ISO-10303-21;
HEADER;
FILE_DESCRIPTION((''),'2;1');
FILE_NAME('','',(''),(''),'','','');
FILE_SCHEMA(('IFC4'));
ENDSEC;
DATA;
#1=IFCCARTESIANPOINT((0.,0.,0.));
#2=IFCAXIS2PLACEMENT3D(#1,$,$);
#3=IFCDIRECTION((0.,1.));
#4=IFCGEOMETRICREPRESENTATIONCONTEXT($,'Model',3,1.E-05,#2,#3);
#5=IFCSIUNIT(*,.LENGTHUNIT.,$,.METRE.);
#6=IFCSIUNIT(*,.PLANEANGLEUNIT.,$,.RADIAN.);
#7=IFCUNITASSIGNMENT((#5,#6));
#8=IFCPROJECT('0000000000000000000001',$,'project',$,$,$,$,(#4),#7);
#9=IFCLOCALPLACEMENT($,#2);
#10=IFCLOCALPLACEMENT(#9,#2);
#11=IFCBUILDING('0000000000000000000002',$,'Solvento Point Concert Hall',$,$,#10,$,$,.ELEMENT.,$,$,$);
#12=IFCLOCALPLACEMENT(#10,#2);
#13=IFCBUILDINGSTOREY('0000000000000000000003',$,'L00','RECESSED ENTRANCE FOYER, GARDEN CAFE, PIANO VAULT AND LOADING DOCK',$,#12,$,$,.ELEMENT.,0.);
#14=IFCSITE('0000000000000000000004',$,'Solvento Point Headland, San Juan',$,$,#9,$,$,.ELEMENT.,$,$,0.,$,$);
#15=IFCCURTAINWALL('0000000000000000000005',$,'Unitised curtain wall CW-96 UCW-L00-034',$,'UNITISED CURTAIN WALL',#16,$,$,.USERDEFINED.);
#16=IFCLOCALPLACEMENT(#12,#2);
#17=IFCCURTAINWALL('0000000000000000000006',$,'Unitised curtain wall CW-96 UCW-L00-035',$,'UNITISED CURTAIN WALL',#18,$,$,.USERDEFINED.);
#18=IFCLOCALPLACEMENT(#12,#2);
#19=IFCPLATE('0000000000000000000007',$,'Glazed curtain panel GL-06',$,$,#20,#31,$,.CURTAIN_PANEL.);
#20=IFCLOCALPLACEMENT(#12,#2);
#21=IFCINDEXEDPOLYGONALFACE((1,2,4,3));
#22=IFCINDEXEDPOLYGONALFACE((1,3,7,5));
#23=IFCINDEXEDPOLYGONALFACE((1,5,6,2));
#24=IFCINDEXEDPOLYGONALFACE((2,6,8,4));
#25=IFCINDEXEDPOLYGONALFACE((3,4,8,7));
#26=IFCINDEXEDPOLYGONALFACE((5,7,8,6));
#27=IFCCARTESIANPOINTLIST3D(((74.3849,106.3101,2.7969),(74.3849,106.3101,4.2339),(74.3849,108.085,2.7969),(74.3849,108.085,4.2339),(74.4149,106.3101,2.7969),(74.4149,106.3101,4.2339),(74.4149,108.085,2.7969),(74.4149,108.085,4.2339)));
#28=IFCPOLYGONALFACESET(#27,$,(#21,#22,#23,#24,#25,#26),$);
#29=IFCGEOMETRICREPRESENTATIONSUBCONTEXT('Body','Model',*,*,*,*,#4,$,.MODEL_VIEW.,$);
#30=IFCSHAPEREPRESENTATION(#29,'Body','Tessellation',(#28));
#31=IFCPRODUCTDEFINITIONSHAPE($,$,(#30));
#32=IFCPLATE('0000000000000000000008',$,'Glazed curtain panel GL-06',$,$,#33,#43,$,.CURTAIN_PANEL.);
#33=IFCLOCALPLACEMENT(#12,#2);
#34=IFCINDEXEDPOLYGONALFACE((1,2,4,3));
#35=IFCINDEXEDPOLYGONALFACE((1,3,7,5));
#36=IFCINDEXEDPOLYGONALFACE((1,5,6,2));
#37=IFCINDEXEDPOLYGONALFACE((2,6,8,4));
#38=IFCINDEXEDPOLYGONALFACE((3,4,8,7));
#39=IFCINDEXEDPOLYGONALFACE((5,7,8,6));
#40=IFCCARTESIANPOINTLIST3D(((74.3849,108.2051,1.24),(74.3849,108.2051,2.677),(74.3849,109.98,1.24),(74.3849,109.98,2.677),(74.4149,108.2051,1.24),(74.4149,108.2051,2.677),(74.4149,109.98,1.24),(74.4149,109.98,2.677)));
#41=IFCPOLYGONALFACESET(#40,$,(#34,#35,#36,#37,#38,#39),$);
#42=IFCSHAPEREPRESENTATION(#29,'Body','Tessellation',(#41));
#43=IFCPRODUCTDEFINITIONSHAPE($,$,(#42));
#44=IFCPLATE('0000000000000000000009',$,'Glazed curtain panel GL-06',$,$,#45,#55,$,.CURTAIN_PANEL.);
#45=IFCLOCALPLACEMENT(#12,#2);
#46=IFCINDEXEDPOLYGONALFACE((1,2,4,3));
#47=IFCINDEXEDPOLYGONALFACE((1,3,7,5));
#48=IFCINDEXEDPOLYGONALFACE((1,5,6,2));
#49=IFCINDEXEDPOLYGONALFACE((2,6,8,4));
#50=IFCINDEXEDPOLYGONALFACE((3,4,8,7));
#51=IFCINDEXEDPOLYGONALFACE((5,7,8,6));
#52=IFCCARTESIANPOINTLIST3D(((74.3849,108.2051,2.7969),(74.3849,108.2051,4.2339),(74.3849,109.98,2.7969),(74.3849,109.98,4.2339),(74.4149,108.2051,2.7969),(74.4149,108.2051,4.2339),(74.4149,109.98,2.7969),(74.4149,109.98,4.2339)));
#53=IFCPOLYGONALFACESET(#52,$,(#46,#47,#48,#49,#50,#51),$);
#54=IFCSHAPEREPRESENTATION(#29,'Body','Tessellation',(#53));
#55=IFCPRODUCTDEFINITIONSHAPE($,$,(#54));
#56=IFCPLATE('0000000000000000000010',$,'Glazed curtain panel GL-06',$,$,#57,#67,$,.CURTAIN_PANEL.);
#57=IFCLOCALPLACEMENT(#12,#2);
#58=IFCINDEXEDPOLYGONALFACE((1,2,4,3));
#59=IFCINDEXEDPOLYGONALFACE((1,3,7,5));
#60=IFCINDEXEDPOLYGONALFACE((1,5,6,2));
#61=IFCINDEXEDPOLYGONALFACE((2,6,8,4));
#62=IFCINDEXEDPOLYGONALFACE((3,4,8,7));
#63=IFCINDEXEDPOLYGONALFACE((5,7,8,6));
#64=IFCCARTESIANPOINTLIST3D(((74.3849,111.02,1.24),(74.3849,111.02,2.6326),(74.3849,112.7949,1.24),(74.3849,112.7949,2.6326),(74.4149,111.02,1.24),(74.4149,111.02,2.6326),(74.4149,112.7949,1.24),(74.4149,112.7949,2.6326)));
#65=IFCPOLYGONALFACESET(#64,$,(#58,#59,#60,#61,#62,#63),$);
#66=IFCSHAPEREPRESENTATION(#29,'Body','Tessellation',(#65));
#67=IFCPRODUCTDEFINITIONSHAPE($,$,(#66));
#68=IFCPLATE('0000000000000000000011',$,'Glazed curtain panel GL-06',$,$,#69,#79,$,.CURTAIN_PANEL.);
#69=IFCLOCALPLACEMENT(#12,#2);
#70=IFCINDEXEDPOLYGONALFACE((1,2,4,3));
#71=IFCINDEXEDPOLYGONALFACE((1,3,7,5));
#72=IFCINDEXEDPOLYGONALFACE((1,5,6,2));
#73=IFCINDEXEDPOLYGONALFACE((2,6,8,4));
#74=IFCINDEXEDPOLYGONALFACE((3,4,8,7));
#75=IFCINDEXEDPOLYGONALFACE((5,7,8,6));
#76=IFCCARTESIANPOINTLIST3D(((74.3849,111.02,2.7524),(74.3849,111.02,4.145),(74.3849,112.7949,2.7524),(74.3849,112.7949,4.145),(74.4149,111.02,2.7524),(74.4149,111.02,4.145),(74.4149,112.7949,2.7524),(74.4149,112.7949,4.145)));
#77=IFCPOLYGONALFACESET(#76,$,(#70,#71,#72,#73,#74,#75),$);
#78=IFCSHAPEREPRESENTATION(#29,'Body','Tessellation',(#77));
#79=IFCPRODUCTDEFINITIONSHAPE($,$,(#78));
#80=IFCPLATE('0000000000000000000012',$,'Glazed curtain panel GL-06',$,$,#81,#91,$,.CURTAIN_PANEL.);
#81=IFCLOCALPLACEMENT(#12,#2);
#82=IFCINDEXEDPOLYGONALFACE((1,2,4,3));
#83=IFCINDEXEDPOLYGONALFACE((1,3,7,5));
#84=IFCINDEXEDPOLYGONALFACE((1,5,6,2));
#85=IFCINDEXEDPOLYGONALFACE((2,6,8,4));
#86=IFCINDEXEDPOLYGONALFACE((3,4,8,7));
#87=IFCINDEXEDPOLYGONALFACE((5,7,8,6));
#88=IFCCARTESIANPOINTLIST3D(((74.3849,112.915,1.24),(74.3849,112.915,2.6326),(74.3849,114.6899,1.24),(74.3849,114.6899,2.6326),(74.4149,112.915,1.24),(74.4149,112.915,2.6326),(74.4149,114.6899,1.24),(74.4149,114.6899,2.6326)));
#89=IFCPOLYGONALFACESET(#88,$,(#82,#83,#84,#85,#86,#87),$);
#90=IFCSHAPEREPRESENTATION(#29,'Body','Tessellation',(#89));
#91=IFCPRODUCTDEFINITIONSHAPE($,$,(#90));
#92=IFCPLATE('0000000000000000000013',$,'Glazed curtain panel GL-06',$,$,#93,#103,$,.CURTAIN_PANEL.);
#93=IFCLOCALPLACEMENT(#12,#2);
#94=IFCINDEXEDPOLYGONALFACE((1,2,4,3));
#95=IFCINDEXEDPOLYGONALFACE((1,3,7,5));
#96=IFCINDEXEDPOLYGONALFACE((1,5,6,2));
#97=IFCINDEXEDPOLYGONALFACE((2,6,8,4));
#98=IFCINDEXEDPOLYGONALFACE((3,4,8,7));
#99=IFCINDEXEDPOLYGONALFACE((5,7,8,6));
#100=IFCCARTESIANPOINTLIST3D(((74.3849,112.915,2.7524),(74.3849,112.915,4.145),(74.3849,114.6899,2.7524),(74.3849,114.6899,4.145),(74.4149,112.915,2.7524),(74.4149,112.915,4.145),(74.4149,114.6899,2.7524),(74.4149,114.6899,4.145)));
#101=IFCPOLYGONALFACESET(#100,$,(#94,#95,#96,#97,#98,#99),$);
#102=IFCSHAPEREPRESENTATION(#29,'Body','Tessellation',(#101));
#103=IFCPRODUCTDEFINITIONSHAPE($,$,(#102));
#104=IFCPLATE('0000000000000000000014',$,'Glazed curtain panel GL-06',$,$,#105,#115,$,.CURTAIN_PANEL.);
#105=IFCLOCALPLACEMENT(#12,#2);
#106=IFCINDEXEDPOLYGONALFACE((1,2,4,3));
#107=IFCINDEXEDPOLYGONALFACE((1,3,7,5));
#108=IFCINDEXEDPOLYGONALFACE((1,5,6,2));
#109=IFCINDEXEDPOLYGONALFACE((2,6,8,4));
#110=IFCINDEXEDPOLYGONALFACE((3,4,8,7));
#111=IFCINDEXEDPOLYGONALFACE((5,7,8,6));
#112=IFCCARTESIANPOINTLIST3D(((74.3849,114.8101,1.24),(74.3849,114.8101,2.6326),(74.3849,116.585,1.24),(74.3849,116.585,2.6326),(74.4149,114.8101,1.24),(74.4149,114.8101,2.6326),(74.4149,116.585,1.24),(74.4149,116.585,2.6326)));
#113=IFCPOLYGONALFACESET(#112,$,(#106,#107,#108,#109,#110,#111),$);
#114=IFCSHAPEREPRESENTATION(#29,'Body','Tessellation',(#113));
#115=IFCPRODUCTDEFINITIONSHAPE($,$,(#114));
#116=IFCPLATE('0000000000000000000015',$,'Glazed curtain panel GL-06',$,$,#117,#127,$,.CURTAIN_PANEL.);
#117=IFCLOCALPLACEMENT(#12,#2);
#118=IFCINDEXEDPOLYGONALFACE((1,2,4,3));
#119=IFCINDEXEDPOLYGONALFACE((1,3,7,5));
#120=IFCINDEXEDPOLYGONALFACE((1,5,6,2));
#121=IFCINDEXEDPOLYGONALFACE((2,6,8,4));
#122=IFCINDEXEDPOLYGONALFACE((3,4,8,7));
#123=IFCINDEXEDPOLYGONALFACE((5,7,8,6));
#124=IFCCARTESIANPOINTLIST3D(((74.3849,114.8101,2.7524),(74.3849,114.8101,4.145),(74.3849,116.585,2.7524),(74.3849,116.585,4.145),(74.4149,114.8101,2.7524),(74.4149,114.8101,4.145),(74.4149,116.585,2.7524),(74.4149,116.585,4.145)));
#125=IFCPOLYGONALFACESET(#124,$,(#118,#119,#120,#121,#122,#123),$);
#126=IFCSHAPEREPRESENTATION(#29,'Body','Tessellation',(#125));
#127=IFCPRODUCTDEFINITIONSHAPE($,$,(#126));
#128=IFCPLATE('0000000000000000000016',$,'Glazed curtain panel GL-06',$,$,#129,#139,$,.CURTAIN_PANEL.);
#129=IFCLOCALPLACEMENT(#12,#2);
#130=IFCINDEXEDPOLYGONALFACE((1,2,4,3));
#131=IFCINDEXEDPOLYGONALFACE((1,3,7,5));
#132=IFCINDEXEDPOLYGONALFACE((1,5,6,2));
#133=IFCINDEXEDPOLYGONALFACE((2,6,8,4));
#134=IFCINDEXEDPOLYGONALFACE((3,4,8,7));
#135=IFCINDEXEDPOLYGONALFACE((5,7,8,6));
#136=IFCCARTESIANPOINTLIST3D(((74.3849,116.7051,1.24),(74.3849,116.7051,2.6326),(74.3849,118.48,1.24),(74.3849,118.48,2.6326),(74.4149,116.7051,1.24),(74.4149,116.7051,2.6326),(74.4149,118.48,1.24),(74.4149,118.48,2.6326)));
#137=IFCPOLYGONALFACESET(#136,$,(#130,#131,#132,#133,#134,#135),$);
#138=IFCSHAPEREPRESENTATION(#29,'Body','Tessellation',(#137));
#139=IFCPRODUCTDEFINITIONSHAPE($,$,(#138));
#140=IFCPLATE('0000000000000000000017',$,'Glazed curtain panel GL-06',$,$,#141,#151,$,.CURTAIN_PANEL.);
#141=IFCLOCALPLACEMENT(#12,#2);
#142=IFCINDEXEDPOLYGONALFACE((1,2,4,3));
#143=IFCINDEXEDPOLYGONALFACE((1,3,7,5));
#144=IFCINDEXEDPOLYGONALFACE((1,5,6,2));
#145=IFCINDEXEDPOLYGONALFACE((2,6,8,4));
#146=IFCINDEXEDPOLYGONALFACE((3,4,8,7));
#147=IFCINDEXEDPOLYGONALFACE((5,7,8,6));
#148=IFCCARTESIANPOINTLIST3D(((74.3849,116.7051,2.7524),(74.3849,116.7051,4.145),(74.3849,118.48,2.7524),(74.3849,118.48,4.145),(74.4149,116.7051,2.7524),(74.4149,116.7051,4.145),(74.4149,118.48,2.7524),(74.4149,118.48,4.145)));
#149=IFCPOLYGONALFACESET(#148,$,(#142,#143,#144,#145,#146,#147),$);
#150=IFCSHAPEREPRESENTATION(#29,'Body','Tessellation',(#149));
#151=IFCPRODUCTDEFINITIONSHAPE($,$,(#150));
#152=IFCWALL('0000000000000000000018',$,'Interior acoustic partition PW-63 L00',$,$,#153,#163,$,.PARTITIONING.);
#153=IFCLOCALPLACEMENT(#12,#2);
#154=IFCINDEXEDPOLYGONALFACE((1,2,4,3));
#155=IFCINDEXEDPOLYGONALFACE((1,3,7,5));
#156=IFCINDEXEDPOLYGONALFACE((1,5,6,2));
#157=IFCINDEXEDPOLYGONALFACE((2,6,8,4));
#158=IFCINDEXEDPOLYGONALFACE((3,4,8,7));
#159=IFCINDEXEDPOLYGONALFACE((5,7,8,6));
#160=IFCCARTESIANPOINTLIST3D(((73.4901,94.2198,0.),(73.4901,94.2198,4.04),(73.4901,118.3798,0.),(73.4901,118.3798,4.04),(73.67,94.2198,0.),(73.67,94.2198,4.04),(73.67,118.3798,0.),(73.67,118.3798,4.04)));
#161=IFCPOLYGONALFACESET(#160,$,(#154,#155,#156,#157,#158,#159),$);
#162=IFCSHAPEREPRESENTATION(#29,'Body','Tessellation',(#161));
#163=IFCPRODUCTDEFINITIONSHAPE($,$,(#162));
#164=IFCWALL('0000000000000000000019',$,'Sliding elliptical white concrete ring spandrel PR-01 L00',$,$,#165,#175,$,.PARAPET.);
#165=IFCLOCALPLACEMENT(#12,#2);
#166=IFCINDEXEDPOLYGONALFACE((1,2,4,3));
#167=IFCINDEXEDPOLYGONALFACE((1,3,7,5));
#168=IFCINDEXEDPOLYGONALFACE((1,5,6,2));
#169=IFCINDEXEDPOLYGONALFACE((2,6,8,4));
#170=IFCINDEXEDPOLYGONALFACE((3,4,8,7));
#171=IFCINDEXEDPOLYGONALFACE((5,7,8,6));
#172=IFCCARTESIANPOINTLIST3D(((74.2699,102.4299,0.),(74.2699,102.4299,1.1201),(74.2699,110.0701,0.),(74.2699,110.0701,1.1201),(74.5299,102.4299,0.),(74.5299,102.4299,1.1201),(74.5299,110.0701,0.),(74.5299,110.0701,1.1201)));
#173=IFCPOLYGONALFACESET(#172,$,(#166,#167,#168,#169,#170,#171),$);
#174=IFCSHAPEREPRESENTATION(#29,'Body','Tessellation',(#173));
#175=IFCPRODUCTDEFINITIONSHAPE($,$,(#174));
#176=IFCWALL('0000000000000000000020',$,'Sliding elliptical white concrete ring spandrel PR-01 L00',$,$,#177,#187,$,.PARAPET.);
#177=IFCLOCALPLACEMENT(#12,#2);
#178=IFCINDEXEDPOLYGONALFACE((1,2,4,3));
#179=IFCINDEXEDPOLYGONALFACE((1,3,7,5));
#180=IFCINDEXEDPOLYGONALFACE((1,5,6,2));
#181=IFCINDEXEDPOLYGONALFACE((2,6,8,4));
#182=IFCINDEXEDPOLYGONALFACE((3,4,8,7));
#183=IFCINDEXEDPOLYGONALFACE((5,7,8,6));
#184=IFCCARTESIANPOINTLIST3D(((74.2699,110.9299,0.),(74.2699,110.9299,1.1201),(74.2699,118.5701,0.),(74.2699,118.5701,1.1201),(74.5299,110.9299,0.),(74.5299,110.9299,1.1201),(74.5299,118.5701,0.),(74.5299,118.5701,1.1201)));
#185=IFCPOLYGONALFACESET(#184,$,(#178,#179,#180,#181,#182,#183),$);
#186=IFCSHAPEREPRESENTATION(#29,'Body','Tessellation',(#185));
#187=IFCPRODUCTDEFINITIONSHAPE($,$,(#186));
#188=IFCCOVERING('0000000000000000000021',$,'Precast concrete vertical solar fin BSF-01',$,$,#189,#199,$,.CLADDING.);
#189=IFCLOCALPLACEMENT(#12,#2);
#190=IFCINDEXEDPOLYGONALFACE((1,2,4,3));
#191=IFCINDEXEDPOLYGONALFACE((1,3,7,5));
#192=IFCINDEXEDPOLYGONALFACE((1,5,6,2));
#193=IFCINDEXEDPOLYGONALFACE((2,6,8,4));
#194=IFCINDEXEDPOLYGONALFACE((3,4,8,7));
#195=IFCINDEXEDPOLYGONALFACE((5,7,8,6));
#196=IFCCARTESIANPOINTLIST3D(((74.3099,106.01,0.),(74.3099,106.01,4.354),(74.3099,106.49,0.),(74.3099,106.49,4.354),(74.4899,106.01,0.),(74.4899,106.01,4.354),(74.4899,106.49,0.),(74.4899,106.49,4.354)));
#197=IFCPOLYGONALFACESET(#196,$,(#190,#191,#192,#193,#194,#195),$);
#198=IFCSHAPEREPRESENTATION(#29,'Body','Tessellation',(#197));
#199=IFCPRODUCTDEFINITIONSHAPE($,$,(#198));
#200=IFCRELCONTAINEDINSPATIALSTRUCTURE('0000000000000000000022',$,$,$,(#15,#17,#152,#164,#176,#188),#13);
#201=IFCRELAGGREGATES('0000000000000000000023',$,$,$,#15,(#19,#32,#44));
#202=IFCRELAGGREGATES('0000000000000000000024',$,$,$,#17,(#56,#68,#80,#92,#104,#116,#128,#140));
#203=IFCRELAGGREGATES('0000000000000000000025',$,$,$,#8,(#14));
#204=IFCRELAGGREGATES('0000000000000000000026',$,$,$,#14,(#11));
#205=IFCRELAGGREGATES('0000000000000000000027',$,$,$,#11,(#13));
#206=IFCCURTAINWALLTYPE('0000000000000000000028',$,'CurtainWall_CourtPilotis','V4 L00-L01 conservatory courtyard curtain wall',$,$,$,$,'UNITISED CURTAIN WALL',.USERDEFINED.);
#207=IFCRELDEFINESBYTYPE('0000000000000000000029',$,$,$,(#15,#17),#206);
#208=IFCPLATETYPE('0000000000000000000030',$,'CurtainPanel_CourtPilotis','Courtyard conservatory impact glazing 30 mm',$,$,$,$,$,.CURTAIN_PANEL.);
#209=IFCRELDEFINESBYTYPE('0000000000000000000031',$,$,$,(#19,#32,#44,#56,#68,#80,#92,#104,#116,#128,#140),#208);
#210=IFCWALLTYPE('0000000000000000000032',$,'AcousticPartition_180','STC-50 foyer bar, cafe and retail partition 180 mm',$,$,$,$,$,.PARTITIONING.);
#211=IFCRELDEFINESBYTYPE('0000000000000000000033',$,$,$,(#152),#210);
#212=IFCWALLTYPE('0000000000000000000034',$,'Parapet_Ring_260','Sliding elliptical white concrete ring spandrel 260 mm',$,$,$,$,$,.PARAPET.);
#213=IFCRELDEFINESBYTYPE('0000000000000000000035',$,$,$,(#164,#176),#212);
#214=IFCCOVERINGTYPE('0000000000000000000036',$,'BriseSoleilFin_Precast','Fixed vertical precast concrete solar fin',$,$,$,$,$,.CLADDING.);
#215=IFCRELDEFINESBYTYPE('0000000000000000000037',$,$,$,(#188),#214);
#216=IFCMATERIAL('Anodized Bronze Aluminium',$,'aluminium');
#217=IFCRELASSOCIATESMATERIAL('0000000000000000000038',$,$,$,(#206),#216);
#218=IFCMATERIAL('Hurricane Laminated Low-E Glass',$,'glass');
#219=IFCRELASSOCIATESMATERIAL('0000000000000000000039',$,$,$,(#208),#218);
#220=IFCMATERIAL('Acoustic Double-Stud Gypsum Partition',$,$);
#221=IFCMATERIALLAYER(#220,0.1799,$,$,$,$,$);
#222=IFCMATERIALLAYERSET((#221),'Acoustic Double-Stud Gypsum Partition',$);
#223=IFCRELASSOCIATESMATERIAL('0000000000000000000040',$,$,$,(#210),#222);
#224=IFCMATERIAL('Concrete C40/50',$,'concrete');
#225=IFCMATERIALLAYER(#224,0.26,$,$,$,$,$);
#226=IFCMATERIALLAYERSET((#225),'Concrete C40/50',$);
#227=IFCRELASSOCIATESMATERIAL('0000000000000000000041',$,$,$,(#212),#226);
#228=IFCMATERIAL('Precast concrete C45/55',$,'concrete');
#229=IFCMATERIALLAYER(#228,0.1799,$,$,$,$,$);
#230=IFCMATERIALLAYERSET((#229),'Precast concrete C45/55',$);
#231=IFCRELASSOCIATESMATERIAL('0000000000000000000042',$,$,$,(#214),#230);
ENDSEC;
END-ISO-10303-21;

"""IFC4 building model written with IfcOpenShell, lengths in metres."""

from ifc_helpers import new_model, si_unit, direction, frame, frame_2d, origin, origin_2d, place, context, subcontext, project, spatial, rectangle, extrude, material, layer, layer_set, type_object, element, aggregate, save


model = new_model("IFC4")

# Units and contexts
model_context = context("Model", 3, precision=1e-05, world=origin(), true_north=direction((0.0, 1.0)))
body_context = subcontext(model_context, "Body", "Model", "MODEL_VIEW")
ifc_project = project(units=[si_unit("LENGTHUNIT", "METRE"), si_unit("PLANEANGLEUNIT", "RADIAN")], contexts=[model_context])

# Site, building, storey
site_placement = place(None, origin())
site = spatial("IfcSite", under=ifc_project, at=site_placement, Name="Solvento Point Headland, San Juan", CompositionType="ELEMENT", RefElevation=0.0)
building_placement = place(site_placement, origin())
building = spatial("IfcBuilding", under=site, at=building_placement, Name="Solvento Point Concert Hall", CompositionType="ELEMENT")
storey_placement = place(building_placement, origin())
storey = spatial("IfcBuildingStorey", under=building, at=storey_placement, Name="L00", Description="RECESSED ENTRANCE FOYER, GARDEN CAFE, PIANO VAULT AND LOADING DOCK", CompositionType="ELEMENT", Elevation=0.0)

# Shared definitions
ifc_material_1 = material(Name="Anodized Bronze Aluminium", Category="aluminium")
curtain_wall_type = type_object("IfcCurtainWallType", Name="CurtainWall_CourtPilotis", Description="V4 L00-L01 conservatory courtyard curtain wall", ElementType="UNITISED CURTAIN WALL", PredefinedType="USERDEFINED", material=ifc_material_1)

# Curtain walls
curtain_wall_1_placement = place(storey_placement, origin())
curtain_wall_1 = element("IfcCurtainWall", 1, at=curtain_wall_1_placement, inside=storey, type_object=curtain_wall_type, Name="Unitised curtain wall CW-96 UCW-L00-034", ObjectType="UNITISED CURTAIN WALL", PredefinedType="USERDEFINED")
curtain_wall_2_placement = place(storey_placement, origin())
curtain_wall_2 = element("IfcCurtainWall", 2, at=curtain_wall_2_placement, inside=storey, type_object=curtain_wall_type, Name="Unitised curtain wall CW-96 UCW-L00-035", ObjectType="UNITISED CURTAIN WALL", PredefinedType="USERDEFINED")

# Plates
ifc_material_2 = material(Name="Hurricane Laminated Low-E Glass", Category="glass")
plate_type = type_object("IfcPlateType", Name="CurtainPanel_CourtPilotis", Description="Courtyard conservatory impact glazing 30 mm", PredefinedType="CURTAIN_PANEL", material=ifc_material_2)
plate_1_placement = place(storey_placement, frame((74.3999, 107.1975, 2.7969), z_axis=(0.0, 0.0, 1.0), x_axis=(0.0, 1.0, 0.0)))
plate_1 = element("IfcPlate", 3, at=plate_1_placement, type_object=plate_type, Name="Glazed curtain panel GL-06", PredefinedType="CURTAIN_PANEL", context=body_context, shape_type="SweptSolid", body=[
    extrude(rectangle(XDim=1.7749, YDim=0.03, at=origin_2d()), origin(), (0.0, 0.0, 1.0), 1.437),
])
plate_2_placement = place(storey_placement, frame((74.3999, 109.0925, 1.24), z_axis=(0.0, 0.0, 1.0), x_axis=(0.0, 1.0, 0.0)))
plate_2 = element("IfcPlate", 4, at=plate_2_placement, type_object=plate_type, Name="Glazed curtain panel GL-06", PredefinedType="CURTAIN_PANEL", context=body_context, shape_type="SweptSolid", body=[
    extrude(rectangle(XDim=1.7749, YDim=0.03, at=origin_2d()), origin(), (0.0, 0.0, 1.0), 1.437),
])
plate_3_placement = place(storey_placement, frame((74.3999, 109.0925, 2.7969), z_axis=(0.0, 0.0, 1.0), x_axis=(0.0, 1.0, 0.0)))
plate_3 = element("IfcPlate", 5, at=plate_3_placement, type_object=plate_type, Name="Glazed curtain panel GL-06", PredefinedType="CURTAIN_PANEL", context=body_context, shape_type="SweptSolid", body=[
    extrude(rectangle(XDim=1.7749, YDim=0.03, at=origin_2d()), origin(), (0.0, 0.0, 1.0), 1.437),
])
aggregate(curtain_wall_1, [plate_1, plate_2, plate_3])
plate_4_placement = place(storey_placement, frame((74.3999, 111.9075, 1.24), z_axis=(0.0, 0.0, 1.0), x_axis=(0.0, 1.0, 0.0)))
plate_4 = element("IfcPlate", 6, at=plate_4_placement, type_object=plate_type, Name="Glazed curtain panel GL-06", PredefinedType="CURTAIN_PANEL", context=body_context, shape_type="SweptSolid", body=[
    extrude(rectangle(XDim=1.7749, YDim=0.03, at=origin_2d()), origin(), (0.0, 0.0, 1.0), 1.3926),
])
plate_5_placement = place(storey_placement, frame((74.3999, 111.9075, 2.7524), z_axis=(0.0, 0.0, 1.0), x_axis=(0.0, 1.0, 0.0)))
plate_5 = element("IfcPlate", 7, at=plate_5_placement, type_object=plate_type, Name="Glazed curtain panel GL-06", PredefinedType="CURTAIN_PANEL", context=body_context, shape_type="SweptSolid", body=[
    extrude(rectangle(XDim=1.7749, YDim=0.03, at=origin_2d()), origin(), (0.0, 0.0, 1.0), 1.3926),
])
plate_6_placement = place(storey_placement, frame((74.3999, 113.8025, 1.24), z_axis=(0.0, 0.0, 1.0), x_axis=(0.0, 1.0, 0.0)))
plate_6 = element("IfcPlate", 8, at=plate_6_placement, type_object=plate_type, Name="Glazed curtain panel GL-06", PredefinedType="CURTAIN_PANEL", context=body_context, shape_type="SweptSolid", body=[
    extrude(rectangle(XDim=1.7749, YDim=0.03, at=origin_2d()), origin(), (0.0, 0.0, 1.0), 1.3926),
])
plate_7_placement = place(storey_placement, frame((74.3999, 113.8025, 2.7524), z_axis=(0.0, 0.0, 1.0), x_axis=(0.0, 1.0, 0.0)))
plate_7 = element("IfcPlate", 9, at=plate_7_placement, type_object=plate_type, Name="Glazed curtain panel GL-06", PredefinedType="CURTAIN_PANEL", context=body_context, shape_type="SweptSolid", body=[
    extrude(rectangle(XDim=1.7749, YDim=0.03, at=origin_2d()), origin(), (0.0, 0.0, 1.0), 1.3926),
])
plate_8_placement = place(storey_placement, frame((74.3999, 115.6975, 1.24), z_axis=(0.0, 0.0, 1.0), x_axis=(0.0, 1.0, 0.0)))
plate_8 = element("IfcPlate", 10, at=plate_8_placement, type_object=plate_type, Name="Glazed curtain panel GL-06", PredefinedType="CURTAIN_PANEL", context=body_context, shape_type="SweptSolid", body=[
    extrude(rectangle(XDim=1.7749, YDim=0.03, at=origin_2d()), origin(), (0.0, 0.0, 1.0), 1.3926),
])
plate_9_placement = place(storey_placement, frame((74.3999, 115.6975, 2.7524), z_axis=(0.0, 0.0, 1.0), x_axis=(0.0, 1.0, 0.0)))
plate_9 = element("IfcPlate", 11, at=plate_9_placement, type_object=plate_type, Name="Glazed curtain panel GL-06", PredefinedType="CURTAIN_PANEL", context=body_context, shape_type="SweptSolid", body=[
    extrude(rectangle(XDim=1.7749, YDim=0.03, at=origin_2d()), origin(), (0.0, 0.0, 1.0), 1.3926),
])
plate_10_placement = place(storey_placement, frame((74.3999, 117.5925, 1.24), z_axis=(0.0, 0.0, 1.0), x_axis=(0.0, 1.0, 0.0)))
plate_10 = element("IfcPlate", 12, at=plate_10_placement, type_object=plate_type, Name="Glazed curtain panel GL-06", PredefinedType="CURTAIN_PANEL", context=body_context, shape_type="SweptSolid", body=[
    extrude(rectangle(XDim=1.7749, YDim=0.03, at=origin_2d()), origin(), (0.0, 0.0, 1.0), 1.3926),
])
plate_11_placement = place(storey_placement, frame((74.3999, 117.5925, 2.7524), z_axis=(0.0, 0.0, 1.0), x_axis=(0.0, 1.0, 0.0)))
plate_11 = element("IfcPlate", 13, at=plate_11_placement, type_object=plate_type, Name="Glazed curtain panel GL-06", PredefinedType="CURTAIN_PANEL", context=body_context, shape_type="SweptSolid", body=[
    extrude(rectangle(XDim=1.7749, YDim=0.03, at=origin_2d()), origin(), (0.0, 0.0, 1.0), 1.3926),
])
aggregate(curtain_wall_2, [plate_4, plate_5, plate_6, plate_7, plate_8, plate_9, plate_10, plate_11])

# Walls
ifc_material_3 = material(Name="Acoustic Double-Stud Gypsum Partition")
ifc_layer_1 = layer(ifc_material_3, 0.1799)
ifc_layer_set_1 = layer_set([ifc_layer_1], Name="Acoustic Double-Stud Gypsum Partition")
wall_type_1 = type_object("IfcWallType", Name="AcousticPartition_180", Description="STC-50 foyer bar, cafe and retail partition 180 mm", PredefinedType="PARTITIONING", material=ifc_layer_set_1)
wall_placement = place(storey_placement, frame((73.5801, 118.3799, 0.0), z_axis=(0.0, 0.0, 1.0), x_axis=(0.0, -1.0, 0.0)))
element("IfcWall", 14, at=wall_placement, inside=storey, type_object=wall_type_1, Name="Interior acoustic partition PW-63 L00", PredefinedType="PARTITIONING", context=body_context, shape_type="SweptSolid", body=[
    extrude(rectangle(XDim=24.1599, YDim=0.1799, at=frame_2d((12.0801, 0.0))), origin(), (0.0, 0.0, 1.0), 4.04),
])
ifc_material_4 = material(Name="Concrete C40/50", Category="concrete")
ifc_layer_2 = layer(ifc_material_4, 0.26)
ifc_layer_set_2 = layer_set([ifc_layer_2], Name="Concrete C40/50")
wall_type_2 = type_object("IfcWallType", Name="Parapet_Ring_260", Description="Sliding elliptical white concrete ring spandrel 260 mm", PredefinedType="PARAPET", material=ifc_layer_set_2)
for number, where, z_axis, x_axis, name in (
    (15, (74.3999, 110.0701, 0.0), (0.0, 0.0, 1.0), (0.0, -1.0, 0.0), "Sliding elliptical white concrete ring spandrel PR-01 L00"),
    (16, (74.3999, 118.5701, 0.0), (0.0, 0.0, 1.0), (0.0, -1.0, 0.0), "Sliding elliptical white concrete ring spandrel PR-01 L00"),
):
    element("IfcWall", number, at=place(storey_placement, frame(where, z_axis=z_axis, x_axis=x_axis)), inside=storey, type_object=wall_type_2, Name=name, PredefinedType="PARAPET", context=body_context, shape_type="SweptSolid", body=[
        extrude(rectangle(XDim=7.6401, YDim=0.26, at=frame_2d((3.8201, 0.0))), origin(), (0.0, 0.0, 1.0), 1.1201),
    ])

# Covering
ifc_material_5 = material(Name="Precast concrete C45/55", Category="concrete")
ifc_layer_3 = layer(ifc_material_5, 0.1799)
ifc_layer_set_3 = layer_set([ifc_layer_3], Name="Precast concrete C45/55")
covering_type = type_object("IfcCoveringType", Name="BriseSoleilFin_Precast", Description="Fixed vertical precast concrete solar fin", PredefinedType="CLADDING", material=ifc_layer_set_3)
covering_placement = place(storey_placement, frame((74.3999, 106.25, 0.0), z_axis=(0.0, 0.0, 1.0), x_axis=(1.0, 0.0, 0.0)))
element("IfcCovering", 17, at=covering_placement, inside=storey, type_object=covering_type, Name="Precast concrete vertical solar fin BSF-01", PredefinedType="CLADDING", context=body_context, shape_type="SweptSolid", body=[
    extrude(rectangle(XDim=0.1799, YDim=0.48, at=origin_2d()), origin(), (0.0, 0.0, 1.0), 4.354),
])

save(model, "model.ifc")
